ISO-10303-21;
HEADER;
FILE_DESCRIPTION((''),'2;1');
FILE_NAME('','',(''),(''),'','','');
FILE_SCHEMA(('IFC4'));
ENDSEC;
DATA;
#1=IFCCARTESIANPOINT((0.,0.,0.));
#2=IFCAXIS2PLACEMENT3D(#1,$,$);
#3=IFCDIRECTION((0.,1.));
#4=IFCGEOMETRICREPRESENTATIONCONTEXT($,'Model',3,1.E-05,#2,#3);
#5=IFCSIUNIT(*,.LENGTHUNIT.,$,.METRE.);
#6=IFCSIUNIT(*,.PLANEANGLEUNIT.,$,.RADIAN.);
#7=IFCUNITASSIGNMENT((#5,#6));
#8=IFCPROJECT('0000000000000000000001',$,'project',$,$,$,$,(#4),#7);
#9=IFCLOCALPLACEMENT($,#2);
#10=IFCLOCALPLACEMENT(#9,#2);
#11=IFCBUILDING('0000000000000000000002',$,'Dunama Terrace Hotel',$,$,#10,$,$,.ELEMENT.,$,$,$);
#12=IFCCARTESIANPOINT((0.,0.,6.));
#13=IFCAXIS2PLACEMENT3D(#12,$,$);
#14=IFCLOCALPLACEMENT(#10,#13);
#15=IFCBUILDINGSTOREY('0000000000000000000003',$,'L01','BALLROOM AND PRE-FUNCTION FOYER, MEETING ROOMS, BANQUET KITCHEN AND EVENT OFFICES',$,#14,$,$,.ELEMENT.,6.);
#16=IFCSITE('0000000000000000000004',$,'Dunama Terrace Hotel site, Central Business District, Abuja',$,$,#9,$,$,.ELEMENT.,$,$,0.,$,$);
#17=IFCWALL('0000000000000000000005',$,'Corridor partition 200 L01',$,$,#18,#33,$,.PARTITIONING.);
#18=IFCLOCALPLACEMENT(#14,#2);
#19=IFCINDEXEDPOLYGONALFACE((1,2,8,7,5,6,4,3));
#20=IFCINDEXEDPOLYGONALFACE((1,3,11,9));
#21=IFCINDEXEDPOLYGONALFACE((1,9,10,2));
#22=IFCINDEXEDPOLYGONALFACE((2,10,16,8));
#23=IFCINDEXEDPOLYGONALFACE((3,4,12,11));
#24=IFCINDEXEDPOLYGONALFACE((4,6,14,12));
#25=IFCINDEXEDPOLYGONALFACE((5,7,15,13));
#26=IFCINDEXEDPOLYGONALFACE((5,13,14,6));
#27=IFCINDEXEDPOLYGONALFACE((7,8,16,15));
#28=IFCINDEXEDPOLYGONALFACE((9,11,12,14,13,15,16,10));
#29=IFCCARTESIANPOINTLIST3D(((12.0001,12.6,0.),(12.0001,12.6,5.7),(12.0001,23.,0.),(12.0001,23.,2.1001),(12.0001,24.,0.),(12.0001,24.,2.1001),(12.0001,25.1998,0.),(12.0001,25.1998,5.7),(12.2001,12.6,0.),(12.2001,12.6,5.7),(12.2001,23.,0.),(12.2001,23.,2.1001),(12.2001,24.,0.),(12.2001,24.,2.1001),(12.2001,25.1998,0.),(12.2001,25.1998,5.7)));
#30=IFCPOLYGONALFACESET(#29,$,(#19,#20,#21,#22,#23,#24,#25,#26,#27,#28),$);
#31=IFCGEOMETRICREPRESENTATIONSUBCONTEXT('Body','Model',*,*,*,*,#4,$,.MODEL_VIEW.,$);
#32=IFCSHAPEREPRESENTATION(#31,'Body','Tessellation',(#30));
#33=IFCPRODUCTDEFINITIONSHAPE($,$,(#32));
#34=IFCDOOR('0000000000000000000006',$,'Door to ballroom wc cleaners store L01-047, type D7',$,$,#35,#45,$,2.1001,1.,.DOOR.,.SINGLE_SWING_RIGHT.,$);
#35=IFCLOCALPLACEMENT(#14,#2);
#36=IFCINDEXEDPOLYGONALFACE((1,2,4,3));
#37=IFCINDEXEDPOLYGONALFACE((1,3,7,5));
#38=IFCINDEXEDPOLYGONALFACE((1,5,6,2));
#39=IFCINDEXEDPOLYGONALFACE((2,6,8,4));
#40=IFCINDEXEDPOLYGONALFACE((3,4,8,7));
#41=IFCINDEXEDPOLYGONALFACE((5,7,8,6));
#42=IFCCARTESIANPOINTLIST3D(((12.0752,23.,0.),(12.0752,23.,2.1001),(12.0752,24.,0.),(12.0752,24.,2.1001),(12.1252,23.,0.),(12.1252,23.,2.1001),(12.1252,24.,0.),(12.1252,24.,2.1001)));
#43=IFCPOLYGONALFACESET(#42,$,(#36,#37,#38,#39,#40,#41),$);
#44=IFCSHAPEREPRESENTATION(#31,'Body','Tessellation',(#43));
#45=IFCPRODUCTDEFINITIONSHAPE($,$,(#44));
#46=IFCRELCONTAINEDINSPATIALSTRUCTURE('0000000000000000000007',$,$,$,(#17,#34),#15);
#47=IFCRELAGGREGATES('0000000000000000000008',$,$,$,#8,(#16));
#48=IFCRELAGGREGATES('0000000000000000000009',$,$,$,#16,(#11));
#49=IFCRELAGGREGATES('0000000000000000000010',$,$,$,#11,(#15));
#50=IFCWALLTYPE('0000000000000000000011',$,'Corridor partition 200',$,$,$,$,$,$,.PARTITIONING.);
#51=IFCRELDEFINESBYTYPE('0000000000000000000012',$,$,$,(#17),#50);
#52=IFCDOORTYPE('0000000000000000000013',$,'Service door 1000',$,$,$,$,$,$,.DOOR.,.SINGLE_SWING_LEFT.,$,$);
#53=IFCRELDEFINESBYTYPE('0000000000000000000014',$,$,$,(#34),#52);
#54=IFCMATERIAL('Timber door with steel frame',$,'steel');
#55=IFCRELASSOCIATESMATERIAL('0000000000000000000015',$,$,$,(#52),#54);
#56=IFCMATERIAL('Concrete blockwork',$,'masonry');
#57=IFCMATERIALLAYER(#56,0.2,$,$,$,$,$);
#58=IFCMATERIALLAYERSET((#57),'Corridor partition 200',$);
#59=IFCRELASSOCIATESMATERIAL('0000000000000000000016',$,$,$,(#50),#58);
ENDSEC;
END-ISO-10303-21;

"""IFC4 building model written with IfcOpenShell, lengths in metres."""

from ifc_helpers import new_model, si_unit, direction, frame, frame_2d, origin, place, context, subcontext, project, spatial, rectangle, extrude, material, layer, layer_set, type_object, element, fill, save


model = new_model("IFC4")

# Units and contexts
model_context = context("Model", 3, precision=1e-05, world=origin(), true_north=direction((0.0, 1.0)))
body_context = subcontext(model_context, "Body", "Model", "MODEL_VIEW")
ifc_project = project(units=[si_unit("LENGTHUNIT", "METRE"), si_unit("PLANEANGLEUNIT", "RADIAN")], contexts=[model_context])

# Site, building, storey
site_placement = place(None, origin())
site = spatial("IfcSite", under=ifc_project, at=site_placement, Name="Dunama Terrace Hotel site, Central Business District, Abuja", CompositionType="ELEMENT", RefElevation=0.0)
building_placement = place(site_placement, origin())
building = spatial("IfcBuilding", under=site, at=building_placement, Name="Dunama Terrace Hotel", CompositionType="ELEMENT")
storey_placement = place(building_placement, frame((0.0, 0.0, 6.0)))
storey = spatial("IfcBuildingStorey", under=building, at=storey_placement, Name="L01", Description="BALLROOM AND PRE-FUNCTION FOYER, MEETING ROOMS, BANQUET KITCHEN AND EVENT OFFICES", CompositionType="ELEMENT", Elevation=6.0)

# Shared definitions
ifc_material_1 = material(Name="Timber door with steel frame", Category="steel")
door_type_1 = type_object("IfcDoorType", Name="Service door 1000", OperationType="SINGLE_SWING_LEFT", PredefinedType="DOOR", material=ifc_material_1)

# Wall, opening, door
ifc_material_2 = material(Name="Concrete blockwork", Category="masonry")
ifc_layer_1 = layer(ifc_material_2, 0.2)
ifc_layer_set_1 = layer_set([ifc_layer_1], Name="Corridor partition 200")
wall_type_1 = type_object("IfcWallType", Name="Corridor partition 200", PredefinedType="PARTITIONING", material=ifc_layer_set_1)
wall_1_placement = place(storey_placement, frame((12.1001, 12.6001, 0.0), z_axis=(0.0, 0.0, 1.0), x_axis=(0.0, 1.0, 0.0)))
wall_1 = element("IfcWall", 1, at=wall_1_placement, inside=storey, type_object=wall_type_1, Name="Corridor partition 200 L01", PredefinedType="PARTITIONING", context=body_context, shape_type="SweptSolid", body=[
    extrude(rectangle(XDim=12.5999, YDim=0.2, at=frame_2d((6.2998, 0.0))), origin(), (0.0, 0.0, 1.0), 5.7),
])
opening_1_placement = place(wall_1_placement, frame((10.3999, 0.0, 0.0)))
opening_1 = element("IfcOpeningElement", 2, at=opening_1_placement, cuts=wall_1, PredefinedType="OPENING", context=body_context, shape_type="SweptSolid", body=[
    extrude(rectangle(XDim=1.0, YDim=2.1001, at=frame_2d((0.5, 1.05))), frame((0.0, 0.1099, 0.0), z_axis=(0.0, -1.0, 0.0), x_axis=(1.0, 0.0, 0.0)), (0.0, 0.0, 1.0), 0.22),
])
door_1_placement = place(opening_1_placement, origin())
door_1 = element("IfcDoor", 3, at=door_1_placement, inside=storey, type_object=door_type_1, Name="Door to ballroom wc cleaners store L01-047, type D7", OperationType="SINGLE_SWING_RIGHT", OverallHeight=2.1001, OverallWidth=1.0, PredefinedType="DOOR", context=body_context, shape_type="SweptSolid", body=[
    extrude(rectangle(XDim=1.0, YDim=2.1001, at=frame_2d((0.5, 1.05))), frame((0.0, 0.0249, 0.0), z_axis=(0.0, -1.0, 0.0), x_axis=(1.0, 0.0, 0.0)), (0.0, 0.0, 1.0), 0.05),
])
fill(opening_1, door_1)

save(model, "model.ifc")
